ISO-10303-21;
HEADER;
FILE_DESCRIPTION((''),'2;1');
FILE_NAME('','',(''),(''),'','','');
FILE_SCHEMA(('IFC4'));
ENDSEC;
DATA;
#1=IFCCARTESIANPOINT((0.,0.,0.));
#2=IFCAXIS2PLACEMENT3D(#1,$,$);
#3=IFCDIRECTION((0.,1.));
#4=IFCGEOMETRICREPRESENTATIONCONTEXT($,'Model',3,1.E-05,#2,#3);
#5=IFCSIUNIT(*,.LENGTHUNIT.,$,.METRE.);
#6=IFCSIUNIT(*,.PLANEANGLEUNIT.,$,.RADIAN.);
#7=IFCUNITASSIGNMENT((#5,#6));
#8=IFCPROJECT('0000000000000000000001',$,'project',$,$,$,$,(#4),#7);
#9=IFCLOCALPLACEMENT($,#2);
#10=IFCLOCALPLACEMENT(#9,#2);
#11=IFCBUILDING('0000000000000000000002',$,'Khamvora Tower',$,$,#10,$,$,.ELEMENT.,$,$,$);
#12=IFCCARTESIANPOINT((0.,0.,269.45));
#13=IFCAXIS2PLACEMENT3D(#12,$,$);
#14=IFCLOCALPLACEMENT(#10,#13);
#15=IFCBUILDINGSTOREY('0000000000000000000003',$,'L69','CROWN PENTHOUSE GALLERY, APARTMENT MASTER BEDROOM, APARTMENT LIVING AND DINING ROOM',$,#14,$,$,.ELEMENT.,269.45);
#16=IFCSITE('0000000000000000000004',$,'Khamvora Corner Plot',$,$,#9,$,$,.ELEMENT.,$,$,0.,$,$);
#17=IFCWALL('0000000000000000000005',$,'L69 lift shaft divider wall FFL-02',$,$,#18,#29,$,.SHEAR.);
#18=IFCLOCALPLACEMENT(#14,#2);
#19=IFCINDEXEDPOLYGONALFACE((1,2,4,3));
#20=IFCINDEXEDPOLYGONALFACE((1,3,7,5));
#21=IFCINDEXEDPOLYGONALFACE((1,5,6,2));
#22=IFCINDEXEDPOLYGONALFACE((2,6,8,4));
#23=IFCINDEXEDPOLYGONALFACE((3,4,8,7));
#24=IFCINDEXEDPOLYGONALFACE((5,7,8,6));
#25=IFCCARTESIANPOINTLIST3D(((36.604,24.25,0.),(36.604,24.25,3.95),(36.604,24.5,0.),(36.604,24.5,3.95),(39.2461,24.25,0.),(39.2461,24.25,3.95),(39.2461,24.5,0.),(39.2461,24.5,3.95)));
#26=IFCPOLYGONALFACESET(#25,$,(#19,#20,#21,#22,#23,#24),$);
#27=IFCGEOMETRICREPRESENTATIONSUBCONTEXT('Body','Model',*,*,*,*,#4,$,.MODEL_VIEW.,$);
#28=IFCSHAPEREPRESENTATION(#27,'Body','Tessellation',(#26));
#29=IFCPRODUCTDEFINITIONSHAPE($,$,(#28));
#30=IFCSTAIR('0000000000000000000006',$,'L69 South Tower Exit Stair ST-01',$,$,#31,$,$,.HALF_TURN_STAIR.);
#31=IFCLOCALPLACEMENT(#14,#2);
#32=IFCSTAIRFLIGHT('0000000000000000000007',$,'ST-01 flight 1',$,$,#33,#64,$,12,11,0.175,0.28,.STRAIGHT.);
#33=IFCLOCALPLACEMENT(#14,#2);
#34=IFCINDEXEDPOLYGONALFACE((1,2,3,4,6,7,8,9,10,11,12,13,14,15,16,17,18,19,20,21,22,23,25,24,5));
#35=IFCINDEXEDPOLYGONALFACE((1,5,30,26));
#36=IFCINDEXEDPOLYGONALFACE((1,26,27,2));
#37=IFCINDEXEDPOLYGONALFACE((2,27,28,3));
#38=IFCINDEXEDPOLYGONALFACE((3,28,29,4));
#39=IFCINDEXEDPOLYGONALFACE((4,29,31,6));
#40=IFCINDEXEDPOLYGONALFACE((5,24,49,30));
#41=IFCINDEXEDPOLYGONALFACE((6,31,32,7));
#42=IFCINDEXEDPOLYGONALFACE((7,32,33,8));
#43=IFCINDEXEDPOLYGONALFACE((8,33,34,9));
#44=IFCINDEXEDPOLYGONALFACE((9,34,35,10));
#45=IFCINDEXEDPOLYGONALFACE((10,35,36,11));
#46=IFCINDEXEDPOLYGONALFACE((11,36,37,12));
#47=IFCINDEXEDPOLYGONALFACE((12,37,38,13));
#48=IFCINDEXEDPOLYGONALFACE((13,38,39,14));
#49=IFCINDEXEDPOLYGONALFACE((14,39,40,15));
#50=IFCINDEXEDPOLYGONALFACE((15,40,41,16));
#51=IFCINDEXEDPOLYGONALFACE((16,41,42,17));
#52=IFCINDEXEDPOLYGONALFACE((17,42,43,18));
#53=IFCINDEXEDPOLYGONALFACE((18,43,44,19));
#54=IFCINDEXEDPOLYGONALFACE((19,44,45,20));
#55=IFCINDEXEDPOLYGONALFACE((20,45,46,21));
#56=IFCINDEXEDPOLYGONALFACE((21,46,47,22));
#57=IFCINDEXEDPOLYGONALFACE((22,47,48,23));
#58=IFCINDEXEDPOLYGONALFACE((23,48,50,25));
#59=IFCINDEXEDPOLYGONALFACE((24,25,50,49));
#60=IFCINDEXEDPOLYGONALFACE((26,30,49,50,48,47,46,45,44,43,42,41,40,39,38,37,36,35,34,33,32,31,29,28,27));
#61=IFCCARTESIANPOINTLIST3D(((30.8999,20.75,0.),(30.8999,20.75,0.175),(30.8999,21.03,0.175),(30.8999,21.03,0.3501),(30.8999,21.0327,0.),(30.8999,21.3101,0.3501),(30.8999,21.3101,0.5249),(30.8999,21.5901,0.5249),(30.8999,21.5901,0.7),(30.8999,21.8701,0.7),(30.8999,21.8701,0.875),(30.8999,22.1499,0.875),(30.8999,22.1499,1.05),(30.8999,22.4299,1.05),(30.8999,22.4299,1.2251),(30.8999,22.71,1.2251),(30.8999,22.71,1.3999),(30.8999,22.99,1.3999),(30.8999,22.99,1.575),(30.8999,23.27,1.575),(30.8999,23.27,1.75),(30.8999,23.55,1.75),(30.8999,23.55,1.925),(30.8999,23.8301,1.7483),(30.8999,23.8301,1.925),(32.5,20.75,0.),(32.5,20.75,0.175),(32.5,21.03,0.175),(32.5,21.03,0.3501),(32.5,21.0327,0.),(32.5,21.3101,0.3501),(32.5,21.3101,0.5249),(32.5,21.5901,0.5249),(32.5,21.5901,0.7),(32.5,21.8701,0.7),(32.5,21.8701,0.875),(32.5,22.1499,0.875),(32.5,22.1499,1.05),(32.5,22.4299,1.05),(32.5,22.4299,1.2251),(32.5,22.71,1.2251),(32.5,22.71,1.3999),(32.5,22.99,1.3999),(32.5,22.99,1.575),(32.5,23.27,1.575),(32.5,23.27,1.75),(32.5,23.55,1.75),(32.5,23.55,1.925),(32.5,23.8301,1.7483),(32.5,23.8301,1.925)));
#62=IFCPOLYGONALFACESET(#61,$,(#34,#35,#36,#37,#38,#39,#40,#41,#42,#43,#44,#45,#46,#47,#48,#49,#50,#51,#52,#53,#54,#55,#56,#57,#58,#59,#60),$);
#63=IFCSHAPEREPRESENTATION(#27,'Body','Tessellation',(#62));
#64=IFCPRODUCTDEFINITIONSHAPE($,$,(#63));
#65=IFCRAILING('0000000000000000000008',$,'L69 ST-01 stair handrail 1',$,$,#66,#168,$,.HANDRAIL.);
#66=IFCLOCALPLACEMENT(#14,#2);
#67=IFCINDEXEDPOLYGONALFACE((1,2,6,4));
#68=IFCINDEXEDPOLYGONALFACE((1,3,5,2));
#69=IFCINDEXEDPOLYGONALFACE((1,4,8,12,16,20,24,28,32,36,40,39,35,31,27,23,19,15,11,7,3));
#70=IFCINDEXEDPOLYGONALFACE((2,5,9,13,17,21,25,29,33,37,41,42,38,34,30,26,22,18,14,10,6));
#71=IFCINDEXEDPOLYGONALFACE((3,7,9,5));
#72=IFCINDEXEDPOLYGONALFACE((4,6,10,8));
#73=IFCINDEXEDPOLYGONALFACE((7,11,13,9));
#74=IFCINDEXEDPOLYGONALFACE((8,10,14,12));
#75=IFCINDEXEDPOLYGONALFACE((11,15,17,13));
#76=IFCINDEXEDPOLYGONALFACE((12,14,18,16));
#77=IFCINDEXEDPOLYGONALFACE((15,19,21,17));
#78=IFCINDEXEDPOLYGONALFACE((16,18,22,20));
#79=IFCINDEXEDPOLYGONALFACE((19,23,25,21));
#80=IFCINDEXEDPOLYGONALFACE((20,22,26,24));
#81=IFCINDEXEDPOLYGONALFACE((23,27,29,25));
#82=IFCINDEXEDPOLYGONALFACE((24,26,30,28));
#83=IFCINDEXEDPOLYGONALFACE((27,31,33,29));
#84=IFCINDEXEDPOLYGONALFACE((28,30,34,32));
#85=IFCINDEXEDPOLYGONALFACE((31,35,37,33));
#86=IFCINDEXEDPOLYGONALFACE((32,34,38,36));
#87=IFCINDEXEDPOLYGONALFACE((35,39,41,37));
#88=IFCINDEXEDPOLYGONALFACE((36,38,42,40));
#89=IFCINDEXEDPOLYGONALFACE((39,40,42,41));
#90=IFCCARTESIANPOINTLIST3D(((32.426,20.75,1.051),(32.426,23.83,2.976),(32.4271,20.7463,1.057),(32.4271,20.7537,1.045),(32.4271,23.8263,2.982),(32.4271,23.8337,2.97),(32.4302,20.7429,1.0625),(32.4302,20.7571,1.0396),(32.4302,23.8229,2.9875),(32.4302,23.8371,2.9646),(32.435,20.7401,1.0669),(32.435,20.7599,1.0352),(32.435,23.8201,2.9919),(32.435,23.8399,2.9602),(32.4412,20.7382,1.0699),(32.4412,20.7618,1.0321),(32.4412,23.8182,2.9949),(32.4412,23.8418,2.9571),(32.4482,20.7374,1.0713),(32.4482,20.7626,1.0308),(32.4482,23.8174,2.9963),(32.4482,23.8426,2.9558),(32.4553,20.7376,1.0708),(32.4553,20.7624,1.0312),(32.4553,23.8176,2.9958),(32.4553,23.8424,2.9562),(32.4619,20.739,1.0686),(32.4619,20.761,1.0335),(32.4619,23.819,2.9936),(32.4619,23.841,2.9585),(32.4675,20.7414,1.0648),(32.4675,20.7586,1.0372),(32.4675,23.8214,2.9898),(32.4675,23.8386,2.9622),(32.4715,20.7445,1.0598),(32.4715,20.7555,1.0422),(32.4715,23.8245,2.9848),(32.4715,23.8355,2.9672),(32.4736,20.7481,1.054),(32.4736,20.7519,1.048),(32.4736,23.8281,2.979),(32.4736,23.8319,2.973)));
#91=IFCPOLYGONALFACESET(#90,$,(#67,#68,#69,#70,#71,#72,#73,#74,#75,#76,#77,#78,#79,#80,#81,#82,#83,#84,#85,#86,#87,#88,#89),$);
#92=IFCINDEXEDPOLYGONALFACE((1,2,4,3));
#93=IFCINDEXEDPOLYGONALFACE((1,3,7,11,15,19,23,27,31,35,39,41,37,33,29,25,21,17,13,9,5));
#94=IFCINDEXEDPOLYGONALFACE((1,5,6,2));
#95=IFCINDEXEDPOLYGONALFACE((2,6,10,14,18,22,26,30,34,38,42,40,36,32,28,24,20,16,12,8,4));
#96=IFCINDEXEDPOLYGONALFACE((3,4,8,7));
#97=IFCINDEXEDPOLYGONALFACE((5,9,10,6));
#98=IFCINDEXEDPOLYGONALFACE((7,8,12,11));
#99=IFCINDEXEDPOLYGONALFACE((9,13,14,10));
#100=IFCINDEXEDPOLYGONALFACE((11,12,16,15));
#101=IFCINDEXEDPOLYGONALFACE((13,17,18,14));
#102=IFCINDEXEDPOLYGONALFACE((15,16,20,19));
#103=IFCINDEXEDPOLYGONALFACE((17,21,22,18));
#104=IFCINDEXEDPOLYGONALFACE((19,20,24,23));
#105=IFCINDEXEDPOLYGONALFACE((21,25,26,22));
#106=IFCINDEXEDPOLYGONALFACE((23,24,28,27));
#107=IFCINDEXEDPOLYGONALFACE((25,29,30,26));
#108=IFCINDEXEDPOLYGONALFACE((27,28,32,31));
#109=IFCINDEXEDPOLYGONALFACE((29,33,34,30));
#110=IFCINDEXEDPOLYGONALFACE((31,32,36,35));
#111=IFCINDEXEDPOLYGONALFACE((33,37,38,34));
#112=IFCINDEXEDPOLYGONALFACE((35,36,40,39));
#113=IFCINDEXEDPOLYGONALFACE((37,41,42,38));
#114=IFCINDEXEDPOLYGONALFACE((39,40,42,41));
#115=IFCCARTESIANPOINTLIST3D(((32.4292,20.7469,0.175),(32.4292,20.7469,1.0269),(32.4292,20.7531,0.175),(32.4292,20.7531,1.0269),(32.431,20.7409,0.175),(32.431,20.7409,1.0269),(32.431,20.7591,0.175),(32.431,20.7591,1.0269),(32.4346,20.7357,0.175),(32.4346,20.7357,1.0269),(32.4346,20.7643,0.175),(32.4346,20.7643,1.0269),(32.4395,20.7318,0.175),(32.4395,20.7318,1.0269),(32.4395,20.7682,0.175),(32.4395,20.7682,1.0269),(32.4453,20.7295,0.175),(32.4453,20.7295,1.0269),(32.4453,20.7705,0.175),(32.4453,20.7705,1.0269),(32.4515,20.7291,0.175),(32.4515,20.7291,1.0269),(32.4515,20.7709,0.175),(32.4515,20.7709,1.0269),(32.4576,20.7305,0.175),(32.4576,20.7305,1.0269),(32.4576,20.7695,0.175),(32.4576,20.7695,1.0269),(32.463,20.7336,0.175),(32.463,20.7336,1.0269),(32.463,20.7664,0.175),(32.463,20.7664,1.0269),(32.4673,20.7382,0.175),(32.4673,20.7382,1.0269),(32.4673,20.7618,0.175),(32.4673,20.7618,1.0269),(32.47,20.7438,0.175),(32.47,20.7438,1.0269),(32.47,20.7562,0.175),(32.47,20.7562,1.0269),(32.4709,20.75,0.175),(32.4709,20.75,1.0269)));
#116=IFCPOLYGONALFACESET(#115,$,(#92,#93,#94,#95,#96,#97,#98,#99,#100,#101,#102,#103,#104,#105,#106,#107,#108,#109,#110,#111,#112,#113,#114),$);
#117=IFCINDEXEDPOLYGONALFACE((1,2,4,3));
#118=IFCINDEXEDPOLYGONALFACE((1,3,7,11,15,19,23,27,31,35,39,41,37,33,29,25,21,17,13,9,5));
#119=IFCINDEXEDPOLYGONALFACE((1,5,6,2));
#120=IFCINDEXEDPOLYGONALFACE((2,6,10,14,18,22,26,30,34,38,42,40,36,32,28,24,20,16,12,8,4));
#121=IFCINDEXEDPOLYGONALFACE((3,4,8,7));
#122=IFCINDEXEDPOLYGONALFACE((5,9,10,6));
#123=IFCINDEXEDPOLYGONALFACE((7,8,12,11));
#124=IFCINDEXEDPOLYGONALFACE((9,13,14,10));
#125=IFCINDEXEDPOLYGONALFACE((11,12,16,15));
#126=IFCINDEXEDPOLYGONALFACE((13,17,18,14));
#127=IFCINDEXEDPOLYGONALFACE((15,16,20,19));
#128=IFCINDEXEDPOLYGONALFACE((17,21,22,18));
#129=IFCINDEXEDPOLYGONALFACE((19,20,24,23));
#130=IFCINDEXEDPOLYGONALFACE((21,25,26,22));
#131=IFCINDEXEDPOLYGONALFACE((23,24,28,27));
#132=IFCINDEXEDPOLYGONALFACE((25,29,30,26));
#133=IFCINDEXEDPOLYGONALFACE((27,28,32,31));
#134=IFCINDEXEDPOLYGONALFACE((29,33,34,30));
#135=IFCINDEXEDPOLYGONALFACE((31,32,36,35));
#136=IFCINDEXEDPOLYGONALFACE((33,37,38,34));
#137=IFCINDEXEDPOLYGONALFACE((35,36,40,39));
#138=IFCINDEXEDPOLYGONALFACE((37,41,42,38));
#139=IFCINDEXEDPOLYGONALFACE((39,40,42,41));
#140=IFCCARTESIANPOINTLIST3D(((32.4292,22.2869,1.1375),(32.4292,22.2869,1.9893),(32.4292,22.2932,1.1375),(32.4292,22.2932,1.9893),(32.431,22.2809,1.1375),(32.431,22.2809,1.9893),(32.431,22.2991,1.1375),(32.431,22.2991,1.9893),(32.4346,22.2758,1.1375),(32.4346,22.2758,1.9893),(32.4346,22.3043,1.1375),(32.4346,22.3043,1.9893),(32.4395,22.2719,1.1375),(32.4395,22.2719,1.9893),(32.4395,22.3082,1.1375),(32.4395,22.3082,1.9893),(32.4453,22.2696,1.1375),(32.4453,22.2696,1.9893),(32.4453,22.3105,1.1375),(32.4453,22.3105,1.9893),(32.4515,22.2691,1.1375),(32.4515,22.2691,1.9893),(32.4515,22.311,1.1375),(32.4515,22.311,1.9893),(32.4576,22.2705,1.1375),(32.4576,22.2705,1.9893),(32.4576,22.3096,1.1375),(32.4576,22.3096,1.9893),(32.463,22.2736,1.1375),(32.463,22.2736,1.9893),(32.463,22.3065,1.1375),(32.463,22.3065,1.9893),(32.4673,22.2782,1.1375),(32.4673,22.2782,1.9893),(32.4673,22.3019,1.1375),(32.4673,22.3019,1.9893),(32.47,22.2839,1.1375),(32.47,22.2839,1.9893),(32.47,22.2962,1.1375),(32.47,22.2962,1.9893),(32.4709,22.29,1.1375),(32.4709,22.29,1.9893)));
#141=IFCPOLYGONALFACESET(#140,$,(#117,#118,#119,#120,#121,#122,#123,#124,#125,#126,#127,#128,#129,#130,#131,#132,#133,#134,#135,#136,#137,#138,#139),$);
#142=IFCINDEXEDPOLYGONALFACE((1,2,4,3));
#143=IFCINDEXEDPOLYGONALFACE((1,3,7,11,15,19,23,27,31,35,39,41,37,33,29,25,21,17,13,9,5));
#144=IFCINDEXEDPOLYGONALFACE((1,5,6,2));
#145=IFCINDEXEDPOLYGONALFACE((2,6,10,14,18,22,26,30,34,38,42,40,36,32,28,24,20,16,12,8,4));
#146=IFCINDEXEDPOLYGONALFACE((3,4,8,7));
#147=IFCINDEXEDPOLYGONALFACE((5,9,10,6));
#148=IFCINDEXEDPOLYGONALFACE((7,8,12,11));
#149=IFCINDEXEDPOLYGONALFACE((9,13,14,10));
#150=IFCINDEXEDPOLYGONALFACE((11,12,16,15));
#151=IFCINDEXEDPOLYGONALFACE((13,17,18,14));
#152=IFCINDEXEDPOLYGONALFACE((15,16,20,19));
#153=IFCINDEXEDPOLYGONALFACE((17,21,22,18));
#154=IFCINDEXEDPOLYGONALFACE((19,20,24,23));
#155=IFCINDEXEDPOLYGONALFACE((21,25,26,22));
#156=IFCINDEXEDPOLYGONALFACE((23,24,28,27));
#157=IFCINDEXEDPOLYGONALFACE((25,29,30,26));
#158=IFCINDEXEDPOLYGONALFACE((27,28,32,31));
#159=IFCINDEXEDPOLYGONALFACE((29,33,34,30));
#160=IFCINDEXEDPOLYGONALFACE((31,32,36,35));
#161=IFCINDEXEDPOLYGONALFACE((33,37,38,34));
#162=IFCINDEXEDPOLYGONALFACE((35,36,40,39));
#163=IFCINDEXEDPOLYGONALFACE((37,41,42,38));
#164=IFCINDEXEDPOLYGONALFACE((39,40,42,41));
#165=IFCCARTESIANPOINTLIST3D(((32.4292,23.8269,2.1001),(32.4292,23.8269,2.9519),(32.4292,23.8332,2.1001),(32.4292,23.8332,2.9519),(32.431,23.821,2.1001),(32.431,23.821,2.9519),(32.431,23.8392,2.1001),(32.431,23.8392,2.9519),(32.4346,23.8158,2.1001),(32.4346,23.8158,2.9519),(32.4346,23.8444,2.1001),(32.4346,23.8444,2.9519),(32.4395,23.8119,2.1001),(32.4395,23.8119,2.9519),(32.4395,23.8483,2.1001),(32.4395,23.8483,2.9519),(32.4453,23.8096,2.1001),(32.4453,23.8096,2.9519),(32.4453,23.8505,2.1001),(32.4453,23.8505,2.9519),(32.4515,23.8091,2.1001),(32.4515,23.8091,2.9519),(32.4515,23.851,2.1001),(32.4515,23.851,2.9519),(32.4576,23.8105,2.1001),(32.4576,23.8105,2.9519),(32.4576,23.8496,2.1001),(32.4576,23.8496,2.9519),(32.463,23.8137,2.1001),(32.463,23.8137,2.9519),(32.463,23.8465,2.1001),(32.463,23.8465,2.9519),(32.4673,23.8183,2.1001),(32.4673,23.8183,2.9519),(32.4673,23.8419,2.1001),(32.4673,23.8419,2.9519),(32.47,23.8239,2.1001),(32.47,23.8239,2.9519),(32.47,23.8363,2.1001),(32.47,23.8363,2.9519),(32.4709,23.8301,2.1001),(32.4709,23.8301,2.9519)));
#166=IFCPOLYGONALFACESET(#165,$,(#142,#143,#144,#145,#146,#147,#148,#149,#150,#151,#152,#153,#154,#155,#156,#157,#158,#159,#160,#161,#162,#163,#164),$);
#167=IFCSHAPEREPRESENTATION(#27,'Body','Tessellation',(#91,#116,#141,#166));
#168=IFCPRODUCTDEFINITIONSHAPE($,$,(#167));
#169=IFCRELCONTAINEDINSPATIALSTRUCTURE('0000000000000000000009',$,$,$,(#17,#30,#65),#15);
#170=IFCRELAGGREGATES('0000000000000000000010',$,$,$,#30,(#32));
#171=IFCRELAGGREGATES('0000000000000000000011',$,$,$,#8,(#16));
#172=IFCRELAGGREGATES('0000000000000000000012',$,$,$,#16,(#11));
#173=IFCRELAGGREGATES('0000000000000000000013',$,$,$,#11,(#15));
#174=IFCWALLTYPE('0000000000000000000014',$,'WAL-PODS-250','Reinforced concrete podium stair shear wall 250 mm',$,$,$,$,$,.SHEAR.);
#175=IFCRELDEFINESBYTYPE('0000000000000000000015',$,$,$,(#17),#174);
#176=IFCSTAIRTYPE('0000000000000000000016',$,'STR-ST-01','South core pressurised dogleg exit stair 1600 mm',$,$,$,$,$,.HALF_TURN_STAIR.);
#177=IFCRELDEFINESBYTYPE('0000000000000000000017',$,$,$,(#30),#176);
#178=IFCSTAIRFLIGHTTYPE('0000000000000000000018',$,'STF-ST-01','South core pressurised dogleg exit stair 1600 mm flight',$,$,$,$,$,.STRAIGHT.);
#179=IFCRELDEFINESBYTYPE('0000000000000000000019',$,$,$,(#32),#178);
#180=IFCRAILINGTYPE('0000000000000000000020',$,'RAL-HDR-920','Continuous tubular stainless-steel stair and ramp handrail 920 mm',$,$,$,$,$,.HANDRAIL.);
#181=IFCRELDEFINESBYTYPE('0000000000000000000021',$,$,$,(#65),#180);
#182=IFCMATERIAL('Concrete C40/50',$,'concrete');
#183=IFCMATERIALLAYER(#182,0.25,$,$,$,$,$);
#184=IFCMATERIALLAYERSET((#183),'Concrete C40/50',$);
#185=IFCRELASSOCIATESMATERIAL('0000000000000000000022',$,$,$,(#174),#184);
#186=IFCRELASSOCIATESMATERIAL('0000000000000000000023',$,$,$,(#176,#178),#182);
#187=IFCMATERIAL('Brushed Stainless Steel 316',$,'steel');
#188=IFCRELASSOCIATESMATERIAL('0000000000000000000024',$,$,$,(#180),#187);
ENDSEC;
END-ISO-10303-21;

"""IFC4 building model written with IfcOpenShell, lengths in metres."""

from ifc_helpers import new_model, si_unit, direction, frame, frame_2d, origin, origin_2d, place, context, subcontext, project, spatial, polyline, rectangle, circle, outline, extrude, material, layer, layer_set, type_object, element, aggregate, save


model = new_model("IFC4")

# Units and contexts
model_context = context("Model", 3, precision=1e-05, world=origin(), true_north=direction((0.0, 1.0)))
body_context = subcontext(model_context, "Body", "Model", "MODEL_VIEW")
ifc_project = project(units=[si_unit("LENGTHUNIT", "METRE"), si_unit("PLANEANGLEUNIT", "RADIAN")], contexts=[model_context])

# Site, building, storey
site_placement = place(None, origin())
site = spatial("IfcSite", under=ifc_project, at=site_placement, Name="Khamvora Corner Plot", CompositionType="ELEMENT", RefElevation=0.0)
building_placement = place(site_placement, origin())
building = spatial("IfcBuilding", under=site, at=building_placement, Name="Khamvora Tower", CompositionType="ELEMENT")
storey_placement = place(building_placement, frame((0.0, 0.0, 269.45)))
storey = spatial("IfcBuildingStorey", under=building, at=storey_placement, Name="L69", Description="CROWN PENTHOUSE GALLERY, APARTMENT MASTER BEDROOM, APARTMENT LIVING AND DINING ROOM", CompositionType="ELEMENT", Elevation=269.45)

# Wall
ifc_material_1 = material(Name="Concrete C40/50", Category="concrete")
ifc_layer_1 = layer(ifc_material_1, 0.25)
ifc_layer_set_1 = layer_set([ifc_layer_1], Name="Concrete C40/50")
wall_type_1 = type_object("IfcWallType", Name="WAL-PODS-250", Description="Reinforced concrete podium stair shear wall 250 mm", PredefinedType="SHEAR", material=ifc_layer_set_1)
for number, where, z_axis, x_axis, name in (
    (1, (36.604, 24.375, 0.0), (0.0, 0.0, 1.0), (1.0, 0.0, 0.0), "L69 lift shaft divider wall FFL-02"),
):
    element("IfcWall", number, at=place(storey_placement, frame(where, z_axis=z_axis, x_axis=x_axis)), inside=storey, type_object=wall_type_1, Name=name, PredefinedType="SHEAR", context=body_context, shape_type="SweptSolid", body=[
        extrude(rectangle(XDim=2.6421, YDim=0.25, at=frame_2d((1.321, 0.0))), origin(), (0.0, 0.0, 1.0), 3.95),
    ])

# Stair, stair flight
stair_type = type_object("IfcStairType", Name="STR-ST-01", Description="South core pressurised dogleg exit stair 1600 mm", PredefinedType="HALF_TURN_STAIR", material=ifc_material_1)
stair_placement = place(storey_placement, origin())
stair = element("IfcStair", 2, at=stair_placement, inside=storey, type_object=stair_type, Name="L69 South Tower Exit Stair ST-01", PredefinedType="HALF_TURN_STAIR")
stair_flight_type = type_object("IfcStairFlightType", Name="STF-ST-01", Description="South core pressurised dogleg exit stair 1600 mm flight", PredefinedType="STRAIGHT", material=ifc_material_1)
stair_flight_placement = place(storey_placement, frame((31.7, 20.75, 0.0), z_axis=(0.0, 0.0, 1.0), x_axis=(0.0, 1.0, 0.0)))
stair_flight = element("IfcStairFlight", 3, at=stair_flight_placement, type_object=stair_flight_type, Name="ST-01 flight 1", NumberOfRisers=12, NumberOfTreads=11, PredefinedType="STRAIGHT", RiserHeight=0.175, TreadLength=0.28, context=body_context, shape_type="SweptSolid", body=[
    extrude(outline(polyline([(0.0, 0.0), (0.0, 0.175), (0.28, 0.175), (0.28, 0.3501), (0.5601, 0.3501), (0.5601, 0.5249), (0.8401, 0.5249), (0.8401, 0.7), (1.1201, 0.7), (1.1201, 0.875), (1.3999, 0.875), (1.3999, 1.05), (1.6799, 1.05), (1.6799, 1.2251), (1.96, 1.2251), (1.96, 1.3999), (2.24, 1.3999), (2.24, 1.575), (2.52, 1.575), (2.52, 1.75), (2.8, 1.75), (2.8, 1.925), (3.0801, 1.925), (3.0801, 2.1001), (3.0801, 1.7483), (0.2827, 0.0), (0.0, 0.0)])), frame((0.0, 0.8, 0.0), z_axis=(0.0, -1.0, 0.0), x_axis=(1.0, 0.0, 0.0)), (0.0, 0.0, 1.0), 1.6001),
])
aggregate(stair, [stair_flight])

# Railing
ifc_material_2 = material(Name="Brushed Stainless Steel 316", Category="steel")
railing_type_1 = type_object("IfcRailingType", Name="RAL-HDR-920", Description="Continuous tubular stainless-steel stair and ramp handrail 920 mm", PredefinedType="HANDRAIL", material=ifc_material_2)
railing_1_placement = place(storey_placement, frame((32.45, 20.75, 0.175)))
element("IfcRailing", 4, at=railing_1_placement, inside=storey, type_object=railing_type_1, Name="L69 ST-01 stair handrail 1", PredefinedType="HANDRAIL", context=body_context, shape_type="SweptSolid", body=[
    extrude(circle(Radius=0.0239, at=origin_2d()), frame((0.0, 0.0, 0.876), z_axis=(0.0, 0.847998, 0.529999), x_axis=(-1.0, 0.0, 0.0)), (0.0, 0.0, 1.0), 3.6321),
    extrude(circle(Radius=0.021, at=origin_2d()), origin(), (0.0, 0.0, 1.0), 0.8518),
    extrude(circle(Radius=0.021, at=origin_2d()), frame((0.0, 1.54, 0.9624)), (0.0, 0.0, 1.0), 0.8518),
    extrude(circle(Radius=0.021, at=origin_2d()), frame((0.0, 3.0801, 1.925)), (0.0, 0.0, 1.0), 0.8518),
])

save(model, "model.ifc")
